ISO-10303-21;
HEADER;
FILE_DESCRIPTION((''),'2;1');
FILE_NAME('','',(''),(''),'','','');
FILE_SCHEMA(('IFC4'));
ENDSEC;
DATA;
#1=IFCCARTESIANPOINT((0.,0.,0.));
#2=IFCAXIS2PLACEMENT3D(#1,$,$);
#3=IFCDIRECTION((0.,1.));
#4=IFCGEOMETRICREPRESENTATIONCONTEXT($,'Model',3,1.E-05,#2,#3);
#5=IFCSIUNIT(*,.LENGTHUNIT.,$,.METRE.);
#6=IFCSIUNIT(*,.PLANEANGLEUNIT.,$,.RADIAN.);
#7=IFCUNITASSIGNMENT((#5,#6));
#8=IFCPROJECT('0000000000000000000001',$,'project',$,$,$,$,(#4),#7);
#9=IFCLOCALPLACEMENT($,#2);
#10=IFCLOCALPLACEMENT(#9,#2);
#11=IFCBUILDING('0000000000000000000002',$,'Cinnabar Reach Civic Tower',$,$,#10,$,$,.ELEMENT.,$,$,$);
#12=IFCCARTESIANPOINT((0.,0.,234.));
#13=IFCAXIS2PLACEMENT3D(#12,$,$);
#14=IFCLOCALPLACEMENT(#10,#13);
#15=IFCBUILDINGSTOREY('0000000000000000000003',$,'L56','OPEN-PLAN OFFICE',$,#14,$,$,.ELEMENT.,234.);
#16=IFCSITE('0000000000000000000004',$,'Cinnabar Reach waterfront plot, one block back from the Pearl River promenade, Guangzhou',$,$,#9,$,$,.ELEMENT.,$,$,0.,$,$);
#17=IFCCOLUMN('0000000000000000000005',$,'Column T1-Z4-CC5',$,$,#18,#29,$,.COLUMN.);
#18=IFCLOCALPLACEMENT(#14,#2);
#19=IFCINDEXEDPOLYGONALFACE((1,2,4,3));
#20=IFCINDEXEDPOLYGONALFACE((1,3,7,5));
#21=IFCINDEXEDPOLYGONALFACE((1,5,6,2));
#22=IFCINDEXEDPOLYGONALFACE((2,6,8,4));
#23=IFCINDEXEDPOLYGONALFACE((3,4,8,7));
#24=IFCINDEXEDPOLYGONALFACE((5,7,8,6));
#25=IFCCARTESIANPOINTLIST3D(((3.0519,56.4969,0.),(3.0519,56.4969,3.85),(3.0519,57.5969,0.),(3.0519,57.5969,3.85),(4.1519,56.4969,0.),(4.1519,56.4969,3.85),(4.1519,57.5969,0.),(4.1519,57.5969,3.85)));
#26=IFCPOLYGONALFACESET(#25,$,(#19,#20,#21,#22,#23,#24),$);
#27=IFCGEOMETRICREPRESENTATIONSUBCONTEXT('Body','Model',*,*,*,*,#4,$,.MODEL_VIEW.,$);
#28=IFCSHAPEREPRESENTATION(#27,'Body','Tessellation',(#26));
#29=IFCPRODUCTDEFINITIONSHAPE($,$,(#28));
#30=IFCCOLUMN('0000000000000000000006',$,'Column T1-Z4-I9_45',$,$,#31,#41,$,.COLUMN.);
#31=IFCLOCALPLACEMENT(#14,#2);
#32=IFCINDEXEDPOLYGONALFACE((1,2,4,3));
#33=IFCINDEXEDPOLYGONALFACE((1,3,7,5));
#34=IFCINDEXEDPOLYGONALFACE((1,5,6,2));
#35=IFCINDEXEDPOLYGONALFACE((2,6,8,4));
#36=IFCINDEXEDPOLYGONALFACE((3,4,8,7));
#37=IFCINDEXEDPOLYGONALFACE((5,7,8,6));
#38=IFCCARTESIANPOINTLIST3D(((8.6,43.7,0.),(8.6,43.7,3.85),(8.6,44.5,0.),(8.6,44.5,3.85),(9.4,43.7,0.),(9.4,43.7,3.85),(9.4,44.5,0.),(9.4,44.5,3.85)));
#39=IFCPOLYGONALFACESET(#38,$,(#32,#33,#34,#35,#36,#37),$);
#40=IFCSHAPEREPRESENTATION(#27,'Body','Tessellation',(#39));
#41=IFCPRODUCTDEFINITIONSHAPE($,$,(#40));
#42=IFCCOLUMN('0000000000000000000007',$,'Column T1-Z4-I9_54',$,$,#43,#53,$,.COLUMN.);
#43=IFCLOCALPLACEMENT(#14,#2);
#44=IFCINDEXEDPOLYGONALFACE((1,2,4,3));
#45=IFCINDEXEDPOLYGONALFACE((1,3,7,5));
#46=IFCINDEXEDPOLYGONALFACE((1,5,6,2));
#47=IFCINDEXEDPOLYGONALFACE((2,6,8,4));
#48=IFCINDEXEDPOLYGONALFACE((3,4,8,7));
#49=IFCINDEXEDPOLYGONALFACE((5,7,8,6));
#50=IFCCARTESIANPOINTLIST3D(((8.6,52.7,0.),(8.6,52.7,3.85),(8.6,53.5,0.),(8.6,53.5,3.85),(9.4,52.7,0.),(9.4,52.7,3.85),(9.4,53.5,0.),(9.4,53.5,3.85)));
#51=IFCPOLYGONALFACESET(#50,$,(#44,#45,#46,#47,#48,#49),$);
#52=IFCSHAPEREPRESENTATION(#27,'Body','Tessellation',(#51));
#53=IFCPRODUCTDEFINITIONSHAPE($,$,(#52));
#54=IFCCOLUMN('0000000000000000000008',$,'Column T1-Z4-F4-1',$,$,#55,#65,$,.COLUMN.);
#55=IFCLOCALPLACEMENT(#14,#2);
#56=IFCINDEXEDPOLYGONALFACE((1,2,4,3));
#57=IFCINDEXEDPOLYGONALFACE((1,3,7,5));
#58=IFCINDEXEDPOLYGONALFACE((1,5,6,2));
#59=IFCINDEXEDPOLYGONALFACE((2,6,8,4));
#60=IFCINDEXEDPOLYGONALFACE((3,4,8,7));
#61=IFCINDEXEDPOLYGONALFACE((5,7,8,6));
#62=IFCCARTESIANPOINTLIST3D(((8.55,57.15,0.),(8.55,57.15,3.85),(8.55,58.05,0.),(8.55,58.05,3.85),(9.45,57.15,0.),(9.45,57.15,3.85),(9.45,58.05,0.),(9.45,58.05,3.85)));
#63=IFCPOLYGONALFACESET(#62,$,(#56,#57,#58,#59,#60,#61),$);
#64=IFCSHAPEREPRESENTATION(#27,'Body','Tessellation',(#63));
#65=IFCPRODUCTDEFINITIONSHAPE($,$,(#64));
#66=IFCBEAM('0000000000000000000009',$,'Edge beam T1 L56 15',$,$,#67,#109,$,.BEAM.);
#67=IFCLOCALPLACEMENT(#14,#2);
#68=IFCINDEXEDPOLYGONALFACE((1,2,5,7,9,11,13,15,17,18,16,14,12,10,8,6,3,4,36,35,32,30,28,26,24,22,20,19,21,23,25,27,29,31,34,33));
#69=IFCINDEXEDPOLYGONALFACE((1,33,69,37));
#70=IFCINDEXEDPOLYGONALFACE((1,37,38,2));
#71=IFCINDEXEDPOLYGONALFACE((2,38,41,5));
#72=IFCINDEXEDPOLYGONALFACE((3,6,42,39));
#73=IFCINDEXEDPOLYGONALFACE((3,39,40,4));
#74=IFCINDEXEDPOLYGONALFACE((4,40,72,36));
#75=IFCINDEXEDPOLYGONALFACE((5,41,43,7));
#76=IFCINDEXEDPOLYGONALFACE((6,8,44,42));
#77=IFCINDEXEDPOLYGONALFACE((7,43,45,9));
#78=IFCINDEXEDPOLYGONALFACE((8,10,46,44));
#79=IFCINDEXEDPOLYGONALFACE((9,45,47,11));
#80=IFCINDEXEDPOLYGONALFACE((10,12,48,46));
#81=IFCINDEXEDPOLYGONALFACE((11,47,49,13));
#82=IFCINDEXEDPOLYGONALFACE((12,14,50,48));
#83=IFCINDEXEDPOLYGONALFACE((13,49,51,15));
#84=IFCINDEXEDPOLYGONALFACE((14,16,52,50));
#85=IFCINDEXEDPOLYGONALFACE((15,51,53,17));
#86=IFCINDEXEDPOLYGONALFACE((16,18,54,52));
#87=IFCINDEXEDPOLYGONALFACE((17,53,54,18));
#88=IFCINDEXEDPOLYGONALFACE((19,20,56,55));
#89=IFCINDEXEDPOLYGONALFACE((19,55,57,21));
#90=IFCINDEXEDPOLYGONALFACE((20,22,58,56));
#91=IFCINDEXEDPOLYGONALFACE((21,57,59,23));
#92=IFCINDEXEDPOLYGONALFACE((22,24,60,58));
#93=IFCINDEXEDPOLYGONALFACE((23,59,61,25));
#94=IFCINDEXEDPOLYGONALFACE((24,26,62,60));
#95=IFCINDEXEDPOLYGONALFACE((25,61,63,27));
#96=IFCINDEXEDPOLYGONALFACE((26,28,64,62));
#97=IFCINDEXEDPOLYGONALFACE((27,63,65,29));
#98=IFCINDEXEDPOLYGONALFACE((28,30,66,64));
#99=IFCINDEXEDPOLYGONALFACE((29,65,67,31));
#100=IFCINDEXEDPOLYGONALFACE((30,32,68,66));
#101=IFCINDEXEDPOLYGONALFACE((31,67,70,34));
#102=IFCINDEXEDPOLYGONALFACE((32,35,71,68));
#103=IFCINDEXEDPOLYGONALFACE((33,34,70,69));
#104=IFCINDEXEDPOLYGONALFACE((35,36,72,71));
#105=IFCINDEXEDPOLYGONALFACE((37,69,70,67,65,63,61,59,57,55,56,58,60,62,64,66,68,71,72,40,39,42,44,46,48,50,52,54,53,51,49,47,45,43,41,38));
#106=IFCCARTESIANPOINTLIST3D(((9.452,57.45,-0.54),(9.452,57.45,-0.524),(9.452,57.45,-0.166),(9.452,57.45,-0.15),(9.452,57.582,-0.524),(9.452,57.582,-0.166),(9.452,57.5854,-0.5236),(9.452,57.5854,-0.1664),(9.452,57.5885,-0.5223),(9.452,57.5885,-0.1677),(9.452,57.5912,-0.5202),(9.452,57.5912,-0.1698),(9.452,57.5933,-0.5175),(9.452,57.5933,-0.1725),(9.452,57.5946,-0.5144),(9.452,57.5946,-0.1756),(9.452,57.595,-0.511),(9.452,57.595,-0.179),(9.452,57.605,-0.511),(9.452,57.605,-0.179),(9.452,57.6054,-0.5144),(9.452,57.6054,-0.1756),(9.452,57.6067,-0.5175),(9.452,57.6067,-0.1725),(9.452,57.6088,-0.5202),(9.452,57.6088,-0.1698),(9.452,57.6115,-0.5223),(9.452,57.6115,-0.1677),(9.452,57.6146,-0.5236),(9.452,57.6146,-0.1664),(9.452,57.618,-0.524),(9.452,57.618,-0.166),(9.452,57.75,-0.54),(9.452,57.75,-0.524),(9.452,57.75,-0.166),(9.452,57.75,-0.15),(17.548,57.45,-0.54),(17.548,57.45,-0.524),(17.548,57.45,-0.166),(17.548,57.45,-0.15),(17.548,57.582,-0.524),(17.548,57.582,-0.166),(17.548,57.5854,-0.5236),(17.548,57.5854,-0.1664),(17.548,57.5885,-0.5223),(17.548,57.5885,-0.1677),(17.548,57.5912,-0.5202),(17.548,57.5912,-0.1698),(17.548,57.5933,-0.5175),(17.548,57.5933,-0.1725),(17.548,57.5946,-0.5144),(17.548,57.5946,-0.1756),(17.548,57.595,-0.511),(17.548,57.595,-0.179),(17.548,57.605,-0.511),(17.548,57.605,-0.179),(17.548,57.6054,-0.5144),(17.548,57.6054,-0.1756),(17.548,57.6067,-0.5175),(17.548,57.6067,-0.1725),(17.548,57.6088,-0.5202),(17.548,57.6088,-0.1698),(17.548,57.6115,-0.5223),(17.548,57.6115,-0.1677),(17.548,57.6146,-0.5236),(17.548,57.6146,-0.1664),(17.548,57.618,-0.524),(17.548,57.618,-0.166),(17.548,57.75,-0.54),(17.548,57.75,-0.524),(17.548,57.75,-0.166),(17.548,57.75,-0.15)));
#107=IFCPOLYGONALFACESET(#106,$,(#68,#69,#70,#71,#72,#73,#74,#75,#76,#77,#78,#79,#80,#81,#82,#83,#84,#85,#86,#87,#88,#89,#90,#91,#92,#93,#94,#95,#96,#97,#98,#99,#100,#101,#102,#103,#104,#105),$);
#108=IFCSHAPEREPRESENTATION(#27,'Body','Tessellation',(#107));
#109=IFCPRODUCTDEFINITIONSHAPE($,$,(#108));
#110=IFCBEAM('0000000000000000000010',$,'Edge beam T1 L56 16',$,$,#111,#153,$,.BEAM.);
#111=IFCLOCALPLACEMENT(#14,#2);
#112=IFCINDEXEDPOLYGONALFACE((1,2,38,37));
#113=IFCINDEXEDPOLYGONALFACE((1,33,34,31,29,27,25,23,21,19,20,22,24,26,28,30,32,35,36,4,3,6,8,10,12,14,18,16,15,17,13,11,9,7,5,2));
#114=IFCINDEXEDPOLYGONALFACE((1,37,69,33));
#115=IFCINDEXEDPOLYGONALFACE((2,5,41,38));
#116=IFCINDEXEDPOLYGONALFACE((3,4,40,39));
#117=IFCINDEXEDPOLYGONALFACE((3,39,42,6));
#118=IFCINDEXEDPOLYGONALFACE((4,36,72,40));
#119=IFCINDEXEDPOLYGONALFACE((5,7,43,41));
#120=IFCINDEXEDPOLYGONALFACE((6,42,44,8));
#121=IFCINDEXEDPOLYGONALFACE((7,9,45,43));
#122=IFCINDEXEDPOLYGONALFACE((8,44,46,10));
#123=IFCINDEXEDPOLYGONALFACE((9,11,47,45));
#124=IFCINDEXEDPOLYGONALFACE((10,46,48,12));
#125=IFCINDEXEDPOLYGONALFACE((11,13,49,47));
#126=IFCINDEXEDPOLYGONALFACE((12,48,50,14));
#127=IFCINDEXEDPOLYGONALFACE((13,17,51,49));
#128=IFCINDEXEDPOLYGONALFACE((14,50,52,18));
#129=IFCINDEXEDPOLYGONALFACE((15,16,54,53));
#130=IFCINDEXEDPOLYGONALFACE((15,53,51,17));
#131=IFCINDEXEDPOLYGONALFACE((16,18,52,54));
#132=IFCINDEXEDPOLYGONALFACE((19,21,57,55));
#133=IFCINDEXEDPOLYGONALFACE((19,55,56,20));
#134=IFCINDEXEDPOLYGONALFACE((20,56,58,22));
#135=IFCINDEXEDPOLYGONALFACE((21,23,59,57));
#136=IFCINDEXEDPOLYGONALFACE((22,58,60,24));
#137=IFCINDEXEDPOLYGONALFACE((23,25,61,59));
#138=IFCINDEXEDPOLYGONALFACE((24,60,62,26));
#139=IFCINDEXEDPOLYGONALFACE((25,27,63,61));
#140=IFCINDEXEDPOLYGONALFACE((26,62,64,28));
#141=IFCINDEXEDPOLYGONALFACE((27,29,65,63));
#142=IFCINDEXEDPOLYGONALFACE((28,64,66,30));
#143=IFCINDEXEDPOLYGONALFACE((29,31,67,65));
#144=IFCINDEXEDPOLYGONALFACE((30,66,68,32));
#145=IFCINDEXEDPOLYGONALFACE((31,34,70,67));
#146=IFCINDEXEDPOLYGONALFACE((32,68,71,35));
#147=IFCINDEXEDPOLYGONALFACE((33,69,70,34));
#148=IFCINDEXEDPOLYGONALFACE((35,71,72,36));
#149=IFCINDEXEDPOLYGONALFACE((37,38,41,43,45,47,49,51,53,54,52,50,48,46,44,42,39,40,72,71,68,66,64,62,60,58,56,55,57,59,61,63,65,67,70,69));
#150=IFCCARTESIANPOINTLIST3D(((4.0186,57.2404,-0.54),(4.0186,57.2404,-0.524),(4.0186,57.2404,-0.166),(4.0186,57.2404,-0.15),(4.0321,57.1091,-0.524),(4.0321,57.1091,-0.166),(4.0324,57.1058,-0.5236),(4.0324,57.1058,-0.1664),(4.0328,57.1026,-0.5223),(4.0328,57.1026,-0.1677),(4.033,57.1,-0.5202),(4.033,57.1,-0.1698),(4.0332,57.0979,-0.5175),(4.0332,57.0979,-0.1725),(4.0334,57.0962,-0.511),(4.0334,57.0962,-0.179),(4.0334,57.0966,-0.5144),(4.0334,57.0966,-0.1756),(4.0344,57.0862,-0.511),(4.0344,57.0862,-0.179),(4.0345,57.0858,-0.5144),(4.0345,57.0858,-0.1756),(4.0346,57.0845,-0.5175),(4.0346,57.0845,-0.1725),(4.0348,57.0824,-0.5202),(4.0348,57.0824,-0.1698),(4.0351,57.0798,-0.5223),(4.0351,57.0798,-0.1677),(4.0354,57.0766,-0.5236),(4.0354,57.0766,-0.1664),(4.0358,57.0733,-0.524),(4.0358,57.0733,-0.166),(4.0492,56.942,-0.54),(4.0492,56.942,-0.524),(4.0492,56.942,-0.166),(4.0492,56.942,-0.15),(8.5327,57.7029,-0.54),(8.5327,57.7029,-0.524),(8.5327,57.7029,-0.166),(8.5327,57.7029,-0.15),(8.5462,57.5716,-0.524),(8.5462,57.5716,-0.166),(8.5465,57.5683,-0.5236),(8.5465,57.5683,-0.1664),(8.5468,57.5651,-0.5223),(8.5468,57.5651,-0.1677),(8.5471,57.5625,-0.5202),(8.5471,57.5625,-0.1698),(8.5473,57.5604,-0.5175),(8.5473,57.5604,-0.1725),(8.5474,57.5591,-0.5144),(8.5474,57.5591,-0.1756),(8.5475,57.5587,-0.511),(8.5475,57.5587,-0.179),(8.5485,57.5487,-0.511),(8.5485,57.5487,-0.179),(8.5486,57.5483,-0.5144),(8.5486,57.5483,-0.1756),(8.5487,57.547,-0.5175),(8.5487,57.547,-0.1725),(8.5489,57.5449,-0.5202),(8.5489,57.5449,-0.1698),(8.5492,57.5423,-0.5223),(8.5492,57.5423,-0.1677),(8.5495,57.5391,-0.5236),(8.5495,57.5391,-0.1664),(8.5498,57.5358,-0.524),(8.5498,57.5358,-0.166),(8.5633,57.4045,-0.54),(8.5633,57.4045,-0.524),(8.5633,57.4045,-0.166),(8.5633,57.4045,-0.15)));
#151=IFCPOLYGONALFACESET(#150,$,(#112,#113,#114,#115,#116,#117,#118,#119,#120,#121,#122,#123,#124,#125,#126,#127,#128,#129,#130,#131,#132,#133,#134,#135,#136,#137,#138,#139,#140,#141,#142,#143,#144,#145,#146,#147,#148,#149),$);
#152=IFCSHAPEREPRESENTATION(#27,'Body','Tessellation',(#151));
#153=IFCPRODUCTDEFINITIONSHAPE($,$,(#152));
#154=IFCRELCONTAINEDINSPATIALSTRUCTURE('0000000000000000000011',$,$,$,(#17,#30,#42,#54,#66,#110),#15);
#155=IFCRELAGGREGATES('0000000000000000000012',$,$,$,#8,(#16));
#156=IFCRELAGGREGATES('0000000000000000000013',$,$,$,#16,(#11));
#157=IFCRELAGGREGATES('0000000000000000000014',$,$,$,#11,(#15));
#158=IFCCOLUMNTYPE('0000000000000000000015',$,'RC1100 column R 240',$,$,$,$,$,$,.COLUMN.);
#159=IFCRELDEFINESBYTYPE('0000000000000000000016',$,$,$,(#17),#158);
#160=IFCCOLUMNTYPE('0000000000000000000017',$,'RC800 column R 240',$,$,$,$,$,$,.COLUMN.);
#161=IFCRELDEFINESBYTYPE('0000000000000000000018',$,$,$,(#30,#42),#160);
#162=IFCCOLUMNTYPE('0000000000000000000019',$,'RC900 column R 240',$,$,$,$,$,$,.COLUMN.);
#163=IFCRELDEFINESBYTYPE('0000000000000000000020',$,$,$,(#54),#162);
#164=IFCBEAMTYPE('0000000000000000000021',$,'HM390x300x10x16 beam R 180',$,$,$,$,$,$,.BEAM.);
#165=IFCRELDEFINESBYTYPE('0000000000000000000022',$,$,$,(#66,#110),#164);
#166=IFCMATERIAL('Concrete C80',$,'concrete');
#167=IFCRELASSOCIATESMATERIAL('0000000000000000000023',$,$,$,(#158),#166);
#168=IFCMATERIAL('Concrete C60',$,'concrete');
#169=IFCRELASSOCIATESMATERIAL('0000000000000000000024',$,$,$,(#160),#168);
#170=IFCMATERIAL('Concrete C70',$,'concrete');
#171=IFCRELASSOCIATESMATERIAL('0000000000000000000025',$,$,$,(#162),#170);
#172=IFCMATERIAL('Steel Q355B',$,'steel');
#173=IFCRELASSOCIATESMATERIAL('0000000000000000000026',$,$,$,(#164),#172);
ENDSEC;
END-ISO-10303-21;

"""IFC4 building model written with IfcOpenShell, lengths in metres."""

from ifc_helpers import new_model, si_unit, direction, frame, origin, origin_2d, place, context, subcontext, project, spatial, rectangle, i_section, extrude, material, material_profile, profile_set, type_object, element, save


model = new_model("IFC4")

# Units and contexts
model_context = context("Model", 3, precision=1e-05, world=origin(), true_north=direction((0.0, 1.0)))
body_context = subcontext(model_context, "Body", "Model", "MODEL_VIEW")
ifc_project = project(units=[si_unit("LENGTHUNIT", "METRE"), si_unit("PLANEANGLEUNIT", "RADIAN")], contexts=[model_context])

# Site, building, storey
site_placement = place(None, origin())
site = spatial("IfcSite", under=ifc_project, at=site_placement, Name="Cinnabar Reach waterfront plot, one block back from the Pearl River promenade, Guangzhou", CompositionType="ELEMENT", RefElevation=0.0)
building_placement = place(site_placement, origin())
building = spatial("IfcBuilding", under=site, at=building_placement, Name="Cinnabar Reach Civic Tower", CompositionType="ELEMENT")
storey_placement = place(building_placement, frame((0.0, 0.0, 234.0)))
storey = spatial("IfcBuildingStorey", under=building, at=storey_placement, Name="L56", Description="OPEN-PLAN OFFICE", CompositionType="ELEMENT", Elevation=234.0)

# Columns
ifc_material_1 = material(Name="Concrete C80", Category="concrete")
ifc_material_profile_1 = material_profile(ifc_material_1, rectangle(XDim=1.1, YDim=1.1, at=origin_2d()), Name="RC1100")
ifc_profile_set_1 = profile_set([ifc_material_profile_1], Name="Concrete C80")
column_type_1 = type_object("IfcColumnType", Name="RC1100 column R 240", PredefinedType="COLUMN", material=ifc_profile_set_1)
column_1_placement = place(storey_placement, frame((3.6019, 57.0469, 0.0), z_axis=(0.0, 0.0, 1.0), x_axis=(1.0, 0.0, 0.0)))
element("IfcColumn", 1, at=column_1_placement, inside=storey, type_object=column_type_1, Name="Column T1-Z4-CC5", PredefinedType="COLUMN", context=body_context, shape_type="SweptSolid", body=[
    extrude(rectangle(XDim=1.1, YDim=1.1, at=origin_2d()), origin(), (0.0, 0.0, 1.0), 3.85),
])
ifc_material_2 = material(Name="Concrete C60", Category="concrete")
ifc_material_profile_2 = material_profile(ifc_material_2, rectangle(XDim=0.8, YDim=0.8, at=origin_2d()), Name="RC800")
ifc_profile_set_2 = profile_set([ifc_material_profile_2], Name="Concrete C60")
column_type_2 = type_object("IfcColumnType", Name="RC800 column R 240", PredefinedType="COLUMN", material=ifc_profile_set_2)
for number, where, z_axis, x_axis, name in (
    (2, (9.0, 44.1, 0.0), (0.0, 0.0, 1.0), (1.0, 0.0, 0.0), "Column T1-Z4-I9_45"),
    (3, (9.0, 53.1, 0.0), (0.0, 0.0, 1.0), (1.0, 0.0, 0.0), "Column T1-Z4-I9_54"),
):
    element("IfcColumn", number, at=place(storey_placement, frame(where, z_axis=z_axis, x_axis=x_axis)), inside=storey, type_object=column_type_2, Name=name, PredefinedType="COLUMN", context=body_context, shape_type="SweptSolid", body=[
        extrude(rectangle(XDim=0.8, YDim=0.8, at=origin_2d()), origin(), (0.0, 0.0, 1.0), 3.85),
    ])
ifc_material_3 = material(Name="Concrete C70", Category="concrete")
ifc_material_profile_3 = material_profile(ifc_material_3, rectangle(XDim=0.9, YDim=0.9, at=origin_2d()), Name="RC900")
ifc_profile_set_3 = profile_set([ifc_material_profile_3], Name="Concrete C70")
column_type_3 = type_object("IfcColumnType", Name="RC900 column R 240", PredefinedType="COLUMN", material=ifc_profile_set_3)
column_2_placement = place(storey_placement, frame((9.0, 57.6, 0.0), z_axis=(0.0, 0.0, 1.0), x_axis=(1.0, 0.0, 0.0)))
element("IfcColumn", 4, at=column_2_placement, inside=storey, type_object=column_type_3, Name="Column T1-Z4-F4-1", PredefinedType="COLUMN", context=body_context, shape_type="SweptSolid", body=[
    extrude(rectangle(XDim=0.9, YDim=0.9, at=origin_2d()), origin(), (0.0, 0.0, 1.0), 3.85),
])

# Beams
ifc_material_4 = material(Name="Steel Q355B", Category="steel")
ifc_material_profile_4 = material_profile(ifc_material_4, i_section(OverallWidth=0.3, OverallDepth=0.39, WebThickness=0.01, FlangeThickness=0.016, FilletRadius=0.013, at=origin_2d()), Name="HM390x300x10x16")
ifc_profile_set_4 = profile_set([ifc_material_profile_4], Name="Steel Q355B")
beam_type_1 = type_object("IfcBeamType", Name="HM390x300x10x16 beam R 180", PredefinedType="BEAM", material=ifc_profile_set_4)
beam_1_placement = place(storey_placement, frame((17.548, 57.6, -0.345), z_axis=(-1.0, 0.0, 0.0), x_axis=(0.0, -1.0, 0.0)))
element("IfcBeam", 5, at=beam_1_placement, inside=storey, type_object=beam_type_1, Name="Edge beam T1 L56 15", PredefinedType="BEAM", context=body_context, shape_type="SweptSolid", body=[
    extrude(i_section(OverallWidth=0.3, OverallDepth=0.39, WebThickness=0.01, FlangeThickness=0.016, FilletRadius=0.013, at=origin_2d()), origin(), (0.0, 0.0, 1.0), 8.096),
])
beam_2_placement = place(storey_placement, frame((8.548, 57.5537, -0.345), z_axis=(-0.994792, -0.101923, 0.0), x_axis=(0.101923, -0.994792, 0.0)))
element("IfcBeam", 6, at=beam_2_placement, inside=storey, type_object=beam_type_1, Name="Edge beam T1 L56 16", PredefinedType="BEAM", context=body_context, shape_type="SweptSolid", body=[
    extrude(i_section(OverallWidth=0.3, OverallDepth=0.39, WebThickness=0.01, FlangeThickness=0.016, FilletRadius=0.013, at=origin_2d()), origin(), (0.0, 0.0, 1.0), 4.5377),
])

save(model, "model.ifc")
